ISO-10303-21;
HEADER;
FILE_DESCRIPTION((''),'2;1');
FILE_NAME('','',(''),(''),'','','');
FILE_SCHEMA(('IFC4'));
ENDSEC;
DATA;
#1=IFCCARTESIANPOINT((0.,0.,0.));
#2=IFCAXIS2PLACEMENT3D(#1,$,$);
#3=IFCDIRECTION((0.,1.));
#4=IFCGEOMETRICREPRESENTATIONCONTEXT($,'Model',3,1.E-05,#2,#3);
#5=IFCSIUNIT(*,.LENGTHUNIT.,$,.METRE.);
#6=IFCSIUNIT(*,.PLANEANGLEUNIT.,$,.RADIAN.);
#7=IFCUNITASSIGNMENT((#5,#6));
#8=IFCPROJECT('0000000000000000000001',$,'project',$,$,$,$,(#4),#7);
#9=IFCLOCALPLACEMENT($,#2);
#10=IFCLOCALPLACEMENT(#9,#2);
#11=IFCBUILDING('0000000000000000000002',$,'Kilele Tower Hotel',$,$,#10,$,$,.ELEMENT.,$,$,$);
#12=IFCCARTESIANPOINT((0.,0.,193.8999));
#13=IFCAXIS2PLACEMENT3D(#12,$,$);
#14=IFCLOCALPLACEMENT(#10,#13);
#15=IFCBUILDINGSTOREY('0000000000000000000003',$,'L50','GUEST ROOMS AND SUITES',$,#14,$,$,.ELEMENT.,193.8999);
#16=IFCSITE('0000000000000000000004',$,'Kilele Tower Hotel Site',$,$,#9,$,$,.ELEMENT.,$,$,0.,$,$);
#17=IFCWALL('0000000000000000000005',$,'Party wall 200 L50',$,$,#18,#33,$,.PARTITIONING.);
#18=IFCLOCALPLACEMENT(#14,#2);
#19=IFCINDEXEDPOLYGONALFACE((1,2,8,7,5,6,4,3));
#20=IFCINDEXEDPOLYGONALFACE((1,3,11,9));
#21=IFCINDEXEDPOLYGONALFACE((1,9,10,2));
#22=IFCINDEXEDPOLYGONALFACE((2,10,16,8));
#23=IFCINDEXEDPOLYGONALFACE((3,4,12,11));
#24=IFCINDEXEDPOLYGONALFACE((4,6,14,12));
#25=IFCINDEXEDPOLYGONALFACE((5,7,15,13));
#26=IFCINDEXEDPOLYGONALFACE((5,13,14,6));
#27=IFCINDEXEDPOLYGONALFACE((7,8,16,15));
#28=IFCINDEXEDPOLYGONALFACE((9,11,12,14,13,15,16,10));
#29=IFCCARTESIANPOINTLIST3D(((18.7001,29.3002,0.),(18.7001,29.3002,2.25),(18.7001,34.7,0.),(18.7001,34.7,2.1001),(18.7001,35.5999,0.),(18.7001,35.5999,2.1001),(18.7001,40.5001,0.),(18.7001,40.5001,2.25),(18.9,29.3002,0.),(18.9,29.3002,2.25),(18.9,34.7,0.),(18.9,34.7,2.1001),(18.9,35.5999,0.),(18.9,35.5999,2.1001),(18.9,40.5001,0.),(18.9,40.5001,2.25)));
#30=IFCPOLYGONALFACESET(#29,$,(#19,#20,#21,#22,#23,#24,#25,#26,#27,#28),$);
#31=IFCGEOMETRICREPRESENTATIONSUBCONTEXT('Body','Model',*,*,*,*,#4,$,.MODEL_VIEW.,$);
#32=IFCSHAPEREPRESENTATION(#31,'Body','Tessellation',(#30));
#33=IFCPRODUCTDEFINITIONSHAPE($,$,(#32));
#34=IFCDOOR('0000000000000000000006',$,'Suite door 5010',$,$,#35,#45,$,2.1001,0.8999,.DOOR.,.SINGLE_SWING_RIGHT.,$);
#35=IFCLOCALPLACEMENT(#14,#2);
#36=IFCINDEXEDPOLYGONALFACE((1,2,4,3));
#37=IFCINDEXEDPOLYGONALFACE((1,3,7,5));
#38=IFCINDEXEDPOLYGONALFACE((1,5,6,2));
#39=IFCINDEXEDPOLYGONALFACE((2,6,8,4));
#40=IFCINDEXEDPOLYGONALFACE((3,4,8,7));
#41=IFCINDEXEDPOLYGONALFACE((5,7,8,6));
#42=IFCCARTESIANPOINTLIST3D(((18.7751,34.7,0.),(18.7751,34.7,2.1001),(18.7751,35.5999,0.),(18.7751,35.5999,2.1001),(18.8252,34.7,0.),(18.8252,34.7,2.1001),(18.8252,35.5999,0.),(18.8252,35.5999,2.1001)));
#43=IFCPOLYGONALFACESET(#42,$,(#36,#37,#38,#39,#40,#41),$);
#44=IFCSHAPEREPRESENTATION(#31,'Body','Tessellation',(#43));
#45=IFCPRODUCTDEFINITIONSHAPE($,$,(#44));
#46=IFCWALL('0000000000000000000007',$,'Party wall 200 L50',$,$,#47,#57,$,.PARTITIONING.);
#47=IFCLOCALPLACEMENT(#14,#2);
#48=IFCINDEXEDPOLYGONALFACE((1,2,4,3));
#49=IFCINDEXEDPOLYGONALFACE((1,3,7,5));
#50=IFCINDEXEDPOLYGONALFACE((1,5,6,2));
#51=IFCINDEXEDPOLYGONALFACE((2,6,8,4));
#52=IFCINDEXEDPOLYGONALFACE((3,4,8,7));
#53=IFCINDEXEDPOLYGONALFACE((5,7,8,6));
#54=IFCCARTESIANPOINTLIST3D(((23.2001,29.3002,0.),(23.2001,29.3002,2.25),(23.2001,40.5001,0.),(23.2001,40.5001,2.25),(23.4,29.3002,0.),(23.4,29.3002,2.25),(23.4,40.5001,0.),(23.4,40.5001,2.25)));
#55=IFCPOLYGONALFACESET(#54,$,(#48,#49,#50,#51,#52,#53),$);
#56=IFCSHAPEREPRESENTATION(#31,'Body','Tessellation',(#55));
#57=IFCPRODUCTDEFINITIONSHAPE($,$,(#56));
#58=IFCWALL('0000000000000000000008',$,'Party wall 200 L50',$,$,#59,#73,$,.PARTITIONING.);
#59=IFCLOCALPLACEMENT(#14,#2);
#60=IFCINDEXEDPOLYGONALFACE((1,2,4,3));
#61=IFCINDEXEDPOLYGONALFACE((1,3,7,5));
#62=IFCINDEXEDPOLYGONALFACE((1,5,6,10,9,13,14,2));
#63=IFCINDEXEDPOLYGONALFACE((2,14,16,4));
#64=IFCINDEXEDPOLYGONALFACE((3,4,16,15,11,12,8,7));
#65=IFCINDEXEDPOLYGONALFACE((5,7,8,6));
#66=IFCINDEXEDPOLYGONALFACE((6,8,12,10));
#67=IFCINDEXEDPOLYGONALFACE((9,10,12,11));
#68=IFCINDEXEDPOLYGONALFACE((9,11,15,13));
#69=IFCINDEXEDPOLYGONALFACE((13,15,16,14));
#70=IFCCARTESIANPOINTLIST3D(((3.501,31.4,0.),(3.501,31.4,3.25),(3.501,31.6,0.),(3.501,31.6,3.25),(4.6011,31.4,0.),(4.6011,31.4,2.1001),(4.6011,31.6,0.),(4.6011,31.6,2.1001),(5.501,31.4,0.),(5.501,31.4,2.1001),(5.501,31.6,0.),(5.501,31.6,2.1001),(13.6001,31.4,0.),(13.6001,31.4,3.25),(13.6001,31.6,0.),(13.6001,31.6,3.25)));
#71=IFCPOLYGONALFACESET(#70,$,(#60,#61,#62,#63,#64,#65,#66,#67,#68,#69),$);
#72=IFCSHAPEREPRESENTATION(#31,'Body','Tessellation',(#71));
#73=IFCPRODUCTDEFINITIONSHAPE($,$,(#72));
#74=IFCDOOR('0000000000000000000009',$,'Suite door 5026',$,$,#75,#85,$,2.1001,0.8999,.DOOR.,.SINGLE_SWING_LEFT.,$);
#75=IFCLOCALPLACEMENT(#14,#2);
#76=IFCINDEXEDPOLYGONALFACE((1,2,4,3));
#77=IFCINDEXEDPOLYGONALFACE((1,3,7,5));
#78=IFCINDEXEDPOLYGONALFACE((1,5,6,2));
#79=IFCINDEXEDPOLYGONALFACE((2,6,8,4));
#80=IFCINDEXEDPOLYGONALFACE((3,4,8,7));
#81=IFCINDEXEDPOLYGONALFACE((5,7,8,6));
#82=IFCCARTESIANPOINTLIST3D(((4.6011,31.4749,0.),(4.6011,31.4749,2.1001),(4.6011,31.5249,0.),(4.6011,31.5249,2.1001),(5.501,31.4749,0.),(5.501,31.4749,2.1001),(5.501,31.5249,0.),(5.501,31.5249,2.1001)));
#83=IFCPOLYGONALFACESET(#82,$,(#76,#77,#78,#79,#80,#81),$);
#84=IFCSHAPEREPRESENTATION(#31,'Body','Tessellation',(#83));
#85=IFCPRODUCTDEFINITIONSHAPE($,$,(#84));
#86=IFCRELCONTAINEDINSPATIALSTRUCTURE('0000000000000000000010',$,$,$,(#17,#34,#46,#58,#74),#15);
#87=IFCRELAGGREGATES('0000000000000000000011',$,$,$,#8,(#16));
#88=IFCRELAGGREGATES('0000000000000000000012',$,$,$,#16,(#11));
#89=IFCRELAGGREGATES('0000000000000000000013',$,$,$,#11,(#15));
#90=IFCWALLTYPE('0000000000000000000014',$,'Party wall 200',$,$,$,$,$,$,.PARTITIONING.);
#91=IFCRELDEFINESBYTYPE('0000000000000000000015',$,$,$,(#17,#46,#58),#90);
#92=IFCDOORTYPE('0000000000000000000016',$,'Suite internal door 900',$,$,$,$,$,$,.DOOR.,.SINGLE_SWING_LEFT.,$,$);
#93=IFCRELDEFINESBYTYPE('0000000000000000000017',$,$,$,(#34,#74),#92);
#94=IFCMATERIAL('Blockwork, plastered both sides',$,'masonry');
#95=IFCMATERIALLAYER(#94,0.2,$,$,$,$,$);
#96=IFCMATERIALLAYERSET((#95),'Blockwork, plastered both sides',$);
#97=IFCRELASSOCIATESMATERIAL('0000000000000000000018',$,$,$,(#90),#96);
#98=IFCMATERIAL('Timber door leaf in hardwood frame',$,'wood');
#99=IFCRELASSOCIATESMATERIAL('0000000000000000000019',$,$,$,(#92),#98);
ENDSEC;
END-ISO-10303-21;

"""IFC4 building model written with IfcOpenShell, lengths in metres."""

from ifc_helpers import new_model, si_unit, direction, frame, frame_2d, origin, place, context, subcontext, project, spatial, rectangle, extrude, material, layer, layer_set, type_object, element, fill, save


model = new_model("IFC4")

# Units and contexts
model_context = context("Model", 3, precision=1e-05, world=origin(), true_north=direction((0.0, 1.0)))
body_context = subcontext(model_context, "Body", "Model", "MODEL_VIEW")
ifc_project = project(units=[si_unit("LENGTHUNIT", "METRE"), si_unit("PLANEANGLEUNIT", "RADIAN")], contexts=[model_context])

# Site, building, storey
site_placement = place(None, origin())
site = spatial("IfcSite", under=ifc_project, at=site_placement, Name="Kilele Tower Hotel Site", CompositionType="ELEMENT", RefElevation=0.0)
building_placement = place(site_placement, origin())
building = spatial("IfcBuilding", under=site, at=building_placement, Name="Kilele Tower Hotel", CompositionType="ELEMENT")
storey_placement = place(building_placement, frame((0.0, 0.0, 193.8999)))
storey = spatial("IfcBuildingStorey", under=building, at=storey_placement, Name="L50", Description="GUEST ROOMS AND SUITES", CompositionType="ELEMENT", Elevation=193.8999)

# Wall, opening, door
ifc_material_1 = material(Name="Blockwork, plastered both sides", Category="masonry")
ifc_layer_1 = layer(ifc_material_1, 0.2)
ifc_layer_set_1 = layer_set([ifc_layer_1], Name="Blockwork, plastered both sides")
wall_type_1 = type_object("IfcWallType", Name="Party wall 200", PredefinedType="PARTITIONING", material=ifc_layer_set_1)
wall_1_placement = place(storey_placement, frame((18.8, 29.3, 0.0), z_axis=(0.0, 0.0, 1.0), x_axis=(0.0, 1.0, 0.0)))
wall_1 = element("IfcWall", 1, at=wall_1_placement, inside=storey, type_object=wall_type_1, Name="Party wall 200 L50", PredefinedType="PARTITIONING", context=body_context, shape_type="SweptSolid", body=[
    extrude(rectangle(XDim=11.2, YDim=0.2, at=frame_2d((5.6001, 0.0))), origin(), (0.0, 0.0, 1.0), 2.25),
])
opening_1_placement = place(wall_1_placement, frame((5.3999, 0.0, 0.0)))
opening_1 = element("IfcOpeningElement", 2, at=opening_1_placement, cuts=wall_1, PredefinedType="OPENING", context=body_context, shape_type="SweptSolid", body=[
    extrude(rectangle(XDim=0.8999, YDim=2.1001, at=frame_2d((0.45, 1.05))), frame((0.0, 0.1099, 0.0), z_axis=(0.0, -1.0, 0.0), x_axis=(1.0, 0.0, 0.0)), (0.0, 0.0, 1.0), 0.22),
])
ifc_material_2 = material(Name="Timber door leaf in hardwood frame", Category="wood")
door_type_1 = type_object("IfcDoorType", Name="Suite internal door 900", OperationType="SINGLE_SWING_LEFT", PredefinedType="DOOR", material=ifc_material_2)
door_1_placement = place(opening_1_placement, origin())
door_1 = element("IfcDoor", 3, at=door_1_placement, inside=storey, type_object=door_type_1, Name="Suite door 5010", OperationType="SINGLE_SWING_RIGHT", OverallHeight=2.1001, OverallWidth=0.8999, PredefinedType="DOOR", context=body_context, shape_type="SweptSolid", body=[
    extrude(rectangle(XDim=0.8999, YDim=2.1001, at=frame_2d((0.45, 1.05))), frame((0.0, 0.0249, 0.0), z_axis=(0.0, -1.0, 0.0), x_axis=(1.0, 0.0, 0.0)), (0.0, 0.0, 1.0), 0.05),
])
fill(opening_1, door_1)

# Wall
wall_2_placement = place(storey_placement, frame((23.3, 29.3, 0.0), z_axis=(0.0, 0.0, 1.0), x_axis=(0.0, 1.0, 0.0)))
element("IfcWall", 4, at=wall_2_placement, inside=storey, type_object=wall_type_1, Name="Party wall 200 L50", PredefinedType="PARTITIONING", context=body_context, shape_type="SweptSolid", body=[
    extrude(rectangle(XDim=11.2, YDim=0.2, at=frame_2d((5.6001, 0.0))), origin(), (0.0, 0.0, 1.0), 2.25),
])

# Wall, opening, door
wall_3_placement = place(storey_placement, frame((13.6001, 31.5, 0.0), z_axis=(0.0, 0.0, 1.0), x_axis=(-1.0, 0.0, 0.0)))
wall_3 = element("IfcWall", 5, at=wall_3_placement, inside=storey, type_object=wall_type_1, Name="Party wall 200 L50", PredefinedType="PARTITIONING", context=body_context, shape_type="SweptSolid", body=[
    extrude(rectangle(XDim=10.0991, YDim=0.2, at=frame_2d((5.0496, 0.0))), origin(), (0.0, 0.0, 1.0), 3.25),
])
opening_2_placement = place(wall_3_placement, frame((8.999, 0.0, 0.0), z_axis=(0.0, 0.0, 1.0), x_axis=(-1.0, 0.0, 0.0)))
opening_2 = element("IfcOpeningElement", 6, at=opening_2_placement, cuts=wall_3, PredefinedType="OPENING", context=body_context, shape_type="SweptSolid", body=[
    extrude(rectangle(XDim=0.8999, YDim=2.1001, at=frame_2d((0.45, 1.05))), frame((0.0, 0.1099, 0.0), z_axis=(0.0, -1.0, 0.0), x_axis=(1.0, 0.0, 0.0)), (0.0, 0.0, 1.0), 0.22),
])
door_2_placement = place(opening_2_placement, origin())
door_2 = element("IfcDoor", 7, at=door_2_placement, inside=storey, type_object=door_type_1, Name="Suite door 5026", OperationType="SINGLE_SWING_LEFT", OverallHeight=2.1001, OverallWidth=0.8999, PredefinedType="DOOR", context=body_context, shape_type="SweptSolid", body=[
    extrude(rectangle(XDim=0.8999, YDim=2.1001, at=frame_2d((0.45, 1.05))), frame((0.0, 0.0249, 0.0), z_axis=(0.0, -1.0, 0.0), x_axis=(1.0, 0.0, 0.0)), (0.0, 0.0, 1.0), 0.05),
])
fill(opening_2, door_2)

save(model, "model.ifc")
